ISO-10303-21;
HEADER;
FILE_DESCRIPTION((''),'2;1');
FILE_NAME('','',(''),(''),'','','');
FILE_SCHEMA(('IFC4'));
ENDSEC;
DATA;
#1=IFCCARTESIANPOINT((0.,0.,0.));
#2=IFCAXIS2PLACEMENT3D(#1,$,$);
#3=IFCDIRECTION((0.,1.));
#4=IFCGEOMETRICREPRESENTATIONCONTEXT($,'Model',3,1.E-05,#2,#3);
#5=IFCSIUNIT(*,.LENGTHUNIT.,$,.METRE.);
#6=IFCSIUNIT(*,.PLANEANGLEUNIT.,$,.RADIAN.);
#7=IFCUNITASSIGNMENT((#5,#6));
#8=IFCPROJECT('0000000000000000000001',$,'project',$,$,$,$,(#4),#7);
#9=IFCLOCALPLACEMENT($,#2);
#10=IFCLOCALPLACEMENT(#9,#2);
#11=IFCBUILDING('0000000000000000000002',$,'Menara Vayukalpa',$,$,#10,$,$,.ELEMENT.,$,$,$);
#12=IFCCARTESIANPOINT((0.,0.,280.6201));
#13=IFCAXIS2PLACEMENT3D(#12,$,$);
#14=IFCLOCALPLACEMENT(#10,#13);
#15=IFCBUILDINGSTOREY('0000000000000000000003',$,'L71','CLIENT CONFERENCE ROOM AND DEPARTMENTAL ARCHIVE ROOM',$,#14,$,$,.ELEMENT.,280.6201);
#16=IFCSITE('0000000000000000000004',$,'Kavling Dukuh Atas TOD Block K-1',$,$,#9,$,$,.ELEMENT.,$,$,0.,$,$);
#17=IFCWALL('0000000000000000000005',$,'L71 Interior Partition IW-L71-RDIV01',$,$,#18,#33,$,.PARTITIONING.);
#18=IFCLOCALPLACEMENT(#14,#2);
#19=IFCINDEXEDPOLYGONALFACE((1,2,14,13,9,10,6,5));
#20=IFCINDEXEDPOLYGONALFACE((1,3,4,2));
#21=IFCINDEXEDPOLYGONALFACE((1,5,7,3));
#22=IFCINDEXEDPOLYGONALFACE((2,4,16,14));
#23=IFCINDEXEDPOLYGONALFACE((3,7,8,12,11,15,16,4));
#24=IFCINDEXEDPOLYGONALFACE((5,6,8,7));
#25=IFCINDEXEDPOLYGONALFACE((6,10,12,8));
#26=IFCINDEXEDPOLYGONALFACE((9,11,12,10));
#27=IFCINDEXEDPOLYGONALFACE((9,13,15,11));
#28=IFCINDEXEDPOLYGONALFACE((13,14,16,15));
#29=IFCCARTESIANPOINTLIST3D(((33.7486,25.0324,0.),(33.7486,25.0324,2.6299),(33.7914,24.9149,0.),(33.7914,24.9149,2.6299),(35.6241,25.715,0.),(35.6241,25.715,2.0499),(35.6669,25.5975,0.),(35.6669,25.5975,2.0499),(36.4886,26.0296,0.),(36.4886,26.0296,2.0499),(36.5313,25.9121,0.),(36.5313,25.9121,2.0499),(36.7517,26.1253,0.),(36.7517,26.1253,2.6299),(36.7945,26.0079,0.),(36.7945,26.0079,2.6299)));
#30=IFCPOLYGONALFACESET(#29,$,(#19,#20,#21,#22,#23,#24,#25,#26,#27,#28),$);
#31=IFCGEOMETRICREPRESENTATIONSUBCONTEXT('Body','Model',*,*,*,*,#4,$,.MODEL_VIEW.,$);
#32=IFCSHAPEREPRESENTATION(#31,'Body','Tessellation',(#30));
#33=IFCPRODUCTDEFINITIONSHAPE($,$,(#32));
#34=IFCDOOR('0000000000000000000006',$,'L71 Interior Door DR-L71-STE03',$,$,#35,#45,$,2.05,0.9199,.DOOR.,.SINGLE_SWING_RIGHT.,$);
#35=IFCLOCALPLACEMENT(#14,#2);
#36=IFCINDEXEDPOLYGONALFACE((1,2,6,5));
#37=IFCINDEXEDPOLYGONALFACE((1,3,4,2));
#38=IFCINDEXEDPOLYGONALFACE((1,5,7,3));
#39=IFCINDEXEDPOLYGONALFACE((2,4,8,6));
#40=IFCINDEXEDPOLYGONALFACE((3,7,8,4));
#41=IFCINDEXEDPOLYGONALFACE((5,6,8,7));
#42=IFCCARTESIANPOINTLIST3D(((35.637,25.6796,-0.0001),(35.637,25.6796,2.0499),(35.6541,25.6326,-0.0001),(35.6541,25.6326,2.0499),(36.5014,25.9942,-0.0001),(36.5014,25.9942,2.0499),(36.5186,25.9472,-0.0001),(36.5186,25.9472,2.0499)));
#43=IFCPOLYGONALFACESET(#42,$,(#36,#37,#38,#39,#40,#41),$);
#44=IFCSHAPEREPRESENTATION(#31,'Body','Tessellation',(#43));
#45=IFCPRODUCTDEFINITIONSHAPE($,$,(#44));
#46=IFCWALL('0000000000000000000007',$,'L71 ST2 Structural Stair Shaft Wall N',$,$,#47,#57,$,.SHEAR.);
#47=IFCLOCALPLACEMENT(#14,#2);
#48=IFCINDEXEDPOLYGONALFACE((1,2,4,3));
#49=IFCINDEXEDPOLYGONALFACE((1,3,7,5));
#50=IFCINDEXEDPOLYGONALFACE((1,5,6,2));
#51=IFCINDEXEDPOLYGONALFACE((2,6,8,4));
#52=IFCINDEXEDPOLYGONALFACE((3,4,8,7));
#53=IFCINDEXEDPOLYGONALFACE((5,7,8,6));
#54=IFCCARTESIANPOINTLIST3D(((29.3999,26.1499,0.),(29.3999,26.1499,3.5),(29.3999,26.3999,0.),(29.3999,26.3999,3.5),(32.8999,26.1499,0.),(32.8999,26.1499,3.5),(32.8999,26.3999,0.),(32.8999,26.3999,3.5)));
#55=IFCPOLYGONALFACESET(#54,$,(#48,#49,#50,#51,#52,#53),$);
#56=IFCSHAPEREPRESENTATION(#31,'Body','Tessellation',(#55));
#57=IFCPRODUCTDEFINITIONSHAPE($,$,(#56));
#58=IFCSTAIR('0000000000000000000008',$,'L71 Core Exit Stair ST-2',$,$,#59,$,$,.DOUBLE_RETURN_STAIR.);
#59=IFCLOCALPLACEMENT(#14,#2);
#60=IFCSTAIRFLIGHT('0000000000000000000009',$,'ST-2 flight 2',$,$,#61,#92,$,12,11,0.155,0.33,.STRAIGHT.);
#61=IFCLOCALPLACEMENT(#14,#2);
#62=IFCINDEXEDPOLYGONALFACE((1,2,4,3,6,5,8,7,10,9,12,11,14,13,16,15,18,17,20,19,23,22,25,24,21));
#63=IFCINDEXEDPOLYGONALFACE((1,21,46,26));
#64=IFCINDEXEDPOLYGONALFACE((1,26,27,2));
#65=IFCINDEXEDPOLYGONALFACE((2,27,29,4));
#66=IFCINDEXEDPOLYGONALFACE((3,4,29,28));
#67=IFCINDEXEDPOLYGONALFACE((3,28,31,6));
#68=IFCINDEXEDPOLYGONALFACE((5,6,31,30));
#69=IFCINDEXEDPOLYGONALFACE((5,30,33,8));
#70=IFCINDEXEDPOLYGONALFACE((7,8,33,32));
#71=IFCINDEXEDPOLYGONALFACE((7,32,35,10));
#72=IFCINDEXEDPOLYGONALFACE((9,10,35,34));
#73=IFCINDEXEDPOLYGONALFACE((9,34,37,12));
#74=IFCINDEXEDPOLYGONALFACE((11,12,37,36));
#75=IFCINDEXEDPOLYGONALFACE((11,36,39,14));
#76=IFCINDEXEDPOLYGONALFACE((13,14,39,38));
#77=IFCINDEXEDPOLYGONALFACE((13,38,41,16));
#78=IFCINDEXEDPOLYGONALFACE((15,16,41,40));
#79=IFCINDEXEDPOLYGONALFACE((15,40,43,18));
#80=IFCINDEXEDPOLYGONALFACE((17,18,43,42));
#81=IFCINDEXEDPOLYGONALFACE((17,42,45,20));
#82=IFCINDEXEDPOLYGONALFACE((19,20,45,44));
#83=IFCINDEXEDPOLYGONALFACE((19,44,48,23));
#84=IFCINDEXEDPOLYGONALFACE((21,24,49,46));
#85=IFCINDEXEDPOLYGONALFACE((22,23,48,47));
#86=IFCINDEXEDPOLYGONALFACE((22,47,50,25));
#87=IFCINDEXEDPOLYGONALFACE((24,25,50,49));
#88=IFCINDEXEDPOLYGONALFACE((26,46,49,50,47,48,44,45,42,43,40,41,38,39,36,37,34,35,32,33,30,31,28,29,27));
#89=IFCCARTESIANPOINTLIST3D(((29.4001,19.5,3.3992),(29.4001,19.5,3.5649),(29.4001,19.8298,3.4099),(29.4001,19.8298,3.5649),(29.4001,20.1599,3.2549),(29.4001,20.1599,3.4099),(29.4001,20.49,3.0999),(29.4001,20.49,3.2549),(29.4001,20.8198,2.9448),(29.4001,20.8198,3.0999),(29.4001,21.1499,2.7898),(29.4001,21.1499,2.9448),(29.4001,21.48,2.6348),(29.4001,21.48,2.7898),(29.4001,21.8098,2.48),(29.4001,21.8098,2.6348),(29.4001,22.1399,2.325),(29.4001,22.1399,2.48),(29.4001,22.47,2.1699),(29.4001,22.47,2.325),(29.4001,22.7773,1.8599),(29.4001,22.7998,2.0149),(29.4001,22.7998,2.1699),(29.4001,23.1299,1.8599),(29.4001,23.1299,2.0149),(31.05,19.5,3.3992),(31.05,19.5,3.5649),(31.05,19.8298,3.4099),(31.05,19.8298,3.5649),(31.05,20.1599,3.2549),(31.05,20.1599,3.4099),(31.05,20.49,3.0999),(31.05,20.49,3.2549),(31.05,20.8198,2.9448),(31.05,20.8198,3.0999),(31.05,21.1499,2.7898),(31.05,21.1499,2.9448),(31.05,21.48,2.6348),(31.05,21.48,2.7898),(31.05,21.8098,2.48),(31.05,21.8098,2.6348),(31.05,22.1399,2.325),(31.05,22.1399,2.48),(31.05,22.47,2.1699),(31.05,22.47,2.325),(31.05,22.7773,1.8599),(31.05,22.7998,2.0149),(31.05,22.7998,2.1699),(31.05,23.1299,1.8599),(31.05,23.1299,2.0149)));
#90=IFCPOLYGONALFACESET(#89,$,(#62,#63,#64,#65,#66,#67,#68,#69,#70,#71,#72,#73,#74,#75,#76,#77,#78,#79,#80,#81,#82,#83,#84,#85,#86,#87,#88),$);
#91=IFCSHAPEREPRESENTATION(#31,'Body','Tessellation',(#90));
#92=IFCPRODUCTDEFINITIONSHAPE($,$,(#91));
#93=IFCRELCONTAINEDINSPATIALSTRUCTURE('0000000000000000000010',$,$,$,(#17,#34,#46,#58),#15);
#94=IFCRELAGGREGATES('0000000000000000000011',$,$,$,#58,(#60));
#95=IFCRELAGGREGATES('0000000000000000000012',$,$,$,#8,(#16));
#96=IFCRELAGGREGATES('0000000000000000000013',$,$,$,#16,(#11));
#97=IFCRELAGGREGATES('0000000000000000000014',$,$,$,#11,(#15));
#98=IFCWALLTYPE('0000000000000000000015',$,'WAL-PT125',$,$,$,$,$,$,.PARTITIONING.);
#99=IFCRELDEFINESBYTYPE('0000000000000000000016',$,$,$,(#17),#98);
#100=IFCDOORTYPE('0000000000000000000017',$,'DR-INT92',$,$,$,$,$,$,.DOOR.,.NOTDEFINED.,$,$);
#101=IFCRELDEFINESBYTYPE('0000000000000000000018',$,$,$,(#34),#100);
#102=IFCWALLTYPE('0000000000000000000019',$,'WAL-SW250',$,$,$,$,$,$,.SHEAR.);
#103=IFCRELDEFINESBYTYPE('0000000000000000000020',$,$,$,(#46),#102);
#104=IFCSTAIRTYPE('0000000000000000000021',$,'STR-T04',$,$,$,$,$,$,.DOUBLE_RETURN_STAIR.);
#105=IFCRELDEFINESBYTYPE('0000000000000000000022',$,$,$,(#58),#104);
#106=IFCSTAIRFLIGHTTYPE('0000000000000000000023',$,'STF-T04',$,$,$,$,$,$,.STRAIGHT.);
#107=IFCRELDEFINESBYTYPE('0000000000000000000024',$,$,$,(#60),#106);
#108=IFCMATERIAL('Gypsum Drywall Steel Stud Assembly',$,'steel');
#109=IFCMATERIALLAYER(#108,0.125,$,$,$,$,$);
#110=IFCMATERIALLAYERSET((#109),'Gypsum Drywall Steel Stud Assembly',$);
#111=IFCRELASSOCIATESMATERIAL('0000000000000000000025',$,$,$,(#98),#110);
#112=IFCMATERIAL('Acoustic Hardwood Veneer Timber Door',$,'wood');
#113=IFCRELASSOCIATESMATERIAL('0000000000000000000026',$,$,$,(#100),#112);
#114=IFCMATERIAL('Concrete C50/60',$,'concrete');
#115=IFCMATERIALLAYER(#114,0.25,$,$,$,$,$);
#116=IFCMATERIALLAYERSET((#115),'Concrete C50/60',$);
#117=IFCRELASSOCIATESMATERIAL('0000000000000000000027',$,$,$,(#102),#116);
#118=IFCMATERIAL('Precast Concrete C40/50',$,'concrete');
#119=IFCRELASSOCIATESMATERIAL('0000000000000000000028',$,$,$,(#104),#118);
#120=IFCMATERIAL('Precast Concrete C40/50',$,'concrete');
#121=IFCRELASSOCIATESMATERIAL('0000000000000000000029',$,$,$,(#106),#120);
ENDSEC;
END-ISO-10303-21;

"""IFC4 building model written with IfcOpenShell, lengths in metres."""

from ifc_helpers import new_model, si_unit, direction, frame, frame_2d, origin, place, context, subcontext, project, spatial, polyline, rectangle, outline, extrude, material, layer, layer_set, type_object, element, fill, aggregate, save


model = new_model("IFC4")

# Units and contexts
model_context = context("Model", 3, precision=1e-05, world=origin(), true_north=direction((0.0, 1.0)))
body_context = subcontext(model_context, "Body", "Model", "MODEL_VIEW")
ifc_project = project(units=[si_unit("LENGTHUNIT", "METRE"), si_unit("PLANEANGLEUNIT", "RADIAN")], contexts=[model_context])

# Site, building, storey
site_placement = place(None, origin())
site = spatial("IfcSite", under=ifc_project, at=site_placement, Name="Kavling Dukuh Atas TOD Block K-1", CompositionType="ELEMENT", RefElevation=0.0)
building_placement = place(site_placement, origin())
building = spatial("IfcBuilding", under=site, at=building_placement, Name="Menara Vayukalpa", CompositionType="ELEMENT")
storey_placement = place(building_placement, frame((0.0, 0.0, 280.6201)))
storey = spatial("IfcBuildingStorey", under=building, at=storey_placement, Name="L71", Description="CLIENT CONFERENCE ROOM AND DEPARTMENTAL ARCHIVE ROOM", CompositionType="ELEMENT", Elevation=280.6201)

# Wall, opening, door
ifc_material_1 = material(Name="Gypsum Drywall Steel Stud Assembly", Category="steel")
ifc_layer_1 = layer(ifc_material_1, 0.125)
ifc_layer_set_1 = layer_set([ifc_layer_1], Name="Gypsum Drywall Steel Stud Assembly")
wall_type_1 = type_object("IfcWallType", Name="WAL-PT125", PredefinedType="PARTITIONING", material=ifc_layer_set_1)
wall_1_placement = place(storey_placement, frame((33.77, 24.9736, 0.0), z_axis=(0.0, 0.0, 1.0), x_axis=(0.939697, 0.342007, 0.0)))
wall_1 = element("IfcWall", 1, at=wall_1_placement, inside=storey, type_object=wall_type_1, Name="L71 Interior Partition IW-L71-RDIV01", PredefinedType="PARTITIONING", context=body_context, shape_type="SweptSolid", body=[
    extrude(rectangle(XDim=3.1958, YDim=0.125, at=frame_2d((1.5979, 0.0))), origin(), (0.0, 0.0, 1.0), 2.6299),
])
opening_placement = place(wall_1_placement, frame((1.9958, 0.0, 0.0)))
opening = element("IfcOpeningElement", 2, at=opening_placement, cuts=wall_1, PredefinedType="OPENING", context=body_context, shape_type="SweptSolid", body=[
    extrude(rectangle(XDim=0.9199, YDim=2.05, at=frame_2d((0.46, 1.0249))), frame((0.0, 0.0725, 0.0), z_axis=(0.0, -1.0, 0.0), x_axis=(1.0, 0.0, 0.0)), (0.0, 0.0, 1.0), 0.145),
])
ifc_material_2 = material(Name="Acoustic Hardwood Veneer Timber Door", Category="wood")
door_type = type_object("IfcDoorType", Name="DR-INT92", OperationType="NOTDEFINED", PredefinedType="DOOR", material=ifc_material_2)
door_placement = place(opening_placement, origin())
door = element("IfcDoor", 3, at=door_placement, inside=storey, type_object=door_type, Name="L71 Interior Door DR-L71-STE03", OperationType="SINGLE_SWING_RIGHT", OverallHeight=2.05, OverallWidth=0.9199, PredefinedType="DOOR", context=body_context, shape_type="SweptSolid", body=[
    extrude(rectangle(XDim=0.9199, YDim=2.05, at=frame_2d((0.46, 1.0249))), frame((0.0, 0.0249, 0.0), z_axis=(0.0, -1.0, 0.0), x_axis=(1.0, 0.0, 0.0)), (0.0, 0.0, 1.0), 0.05),
])
fill(opening, door)

# Wall
ifc_material_3 = material(Name="Concrete C50/60", Category="concrete")
ifc_layer_2 = layer(ifc_material_3, 0.25)
ifc_layer_set_2 = layer_set([ifc_layer_2], Name="Concrete C50/60")
wall_type_2 = type_object("IfcWallType", Name="WAL-SW250", PredefinedType="SHEAR", material=ifc_layer_set_2)
wall_2_placement = place(storey_placement, frame((29.3999, 26.2749, 0.0), z_axis=(0.0, 0.0, 1.0), x_axis=(1.0, 0.0, 0.0)))
element("IfcWall", 4, at=wall_2_placement, inside=storey, type_object=wall_type_2, Name="L71 ST2 Structural Stair Shaft Wall N", PredefinedType="SHEAR", context=body_context, shape_type="SweptSolid", body=[
    extrude(rectangle(XDim=3.5, YDim=0.25, at=frame_2d((1.75, 0.0))), origin(), (0.0, 0.0, 1.0), 3.5),
])

# Stair, stair flight
ifc_material_4 = material(Name="Precast Concrete C40/50", Category="concrete")
stair_type = type_object("IfcStairType", Name="STR-T04", PredefinedType="DOUBLE_RETURN_STAIR", material=ifc_material_4)
stair_placement = place(storey_placement, origin())
stair = element("IfcStair", 5, at=stair_placement, inside=storey, type_object=stair_type, Name="L71 Core Exit Stair ST-2", PredefinedType="DOUBLE_RETURN_STAIR")
ifc_material_5 = material(Name="Precast Concrete C40/50", Category="concrete")
stair_flight_type = type_object("IfcStairFlightType", Name="STF-T04", PredefinedType="STRAIGHT", material=ifc_material_5)
stair_flight_placement = place(storey_placement, frame((30.2251, 23.1299, 1.8599), z_axis=(0.0, 0.0, 1.0), x_axis=(0.0, -1.0, 0.0)))
stair_flight = element("IfcStairFlight", 6, at=stair_flight_placement, type_object=stair_flight_type, Name="ST-2 flight 2", NumberOfRisers=12, NumberOfTreads=11, PredefinedType="STRAIGHT", RiserHeight=0.155, TreadLength=0.33, context=body_context, shape_type="SweptSolid", body=[
    extrude(outline(polyline([(0.0, 0.0), (0.0, 0.155), (0.3301, 0.155), (0.3301, 0.3101), (0.6599, 0.3101), (0.6599, 0.4651), (0.99, 0.4651), (0.99, 0.6201), (1.3201, 0.6201), (1.3201, 0.7749), (1.6499, 0.7749), (1.6499, 0.9299), (1.98, 0.9299), (1.98, 1.085), (2.3101, 1.085), (2.3101, 1.24), (2.6399, 1.24), (2.6399, 1.395), (2.97, 1.395), (2.97, 1.55), (3.3, 1.55), (3.3, 1.7051), (3.6299, 1.7051), (3.6299, 1.8601), (3.6299, 1.5393), (0.3525, 0.0), (0.0, 0.0)])), frame((0.0, 0.825, 0.0), z_axis=(0.0, -1.0, 0.0), x_axis=(1.0, 0.0, 0.0)), (0.0, 0.0, 1.0), 1.6499),
])
aggregate(stair, [stair_flight])

save(model, "model.ifc")
